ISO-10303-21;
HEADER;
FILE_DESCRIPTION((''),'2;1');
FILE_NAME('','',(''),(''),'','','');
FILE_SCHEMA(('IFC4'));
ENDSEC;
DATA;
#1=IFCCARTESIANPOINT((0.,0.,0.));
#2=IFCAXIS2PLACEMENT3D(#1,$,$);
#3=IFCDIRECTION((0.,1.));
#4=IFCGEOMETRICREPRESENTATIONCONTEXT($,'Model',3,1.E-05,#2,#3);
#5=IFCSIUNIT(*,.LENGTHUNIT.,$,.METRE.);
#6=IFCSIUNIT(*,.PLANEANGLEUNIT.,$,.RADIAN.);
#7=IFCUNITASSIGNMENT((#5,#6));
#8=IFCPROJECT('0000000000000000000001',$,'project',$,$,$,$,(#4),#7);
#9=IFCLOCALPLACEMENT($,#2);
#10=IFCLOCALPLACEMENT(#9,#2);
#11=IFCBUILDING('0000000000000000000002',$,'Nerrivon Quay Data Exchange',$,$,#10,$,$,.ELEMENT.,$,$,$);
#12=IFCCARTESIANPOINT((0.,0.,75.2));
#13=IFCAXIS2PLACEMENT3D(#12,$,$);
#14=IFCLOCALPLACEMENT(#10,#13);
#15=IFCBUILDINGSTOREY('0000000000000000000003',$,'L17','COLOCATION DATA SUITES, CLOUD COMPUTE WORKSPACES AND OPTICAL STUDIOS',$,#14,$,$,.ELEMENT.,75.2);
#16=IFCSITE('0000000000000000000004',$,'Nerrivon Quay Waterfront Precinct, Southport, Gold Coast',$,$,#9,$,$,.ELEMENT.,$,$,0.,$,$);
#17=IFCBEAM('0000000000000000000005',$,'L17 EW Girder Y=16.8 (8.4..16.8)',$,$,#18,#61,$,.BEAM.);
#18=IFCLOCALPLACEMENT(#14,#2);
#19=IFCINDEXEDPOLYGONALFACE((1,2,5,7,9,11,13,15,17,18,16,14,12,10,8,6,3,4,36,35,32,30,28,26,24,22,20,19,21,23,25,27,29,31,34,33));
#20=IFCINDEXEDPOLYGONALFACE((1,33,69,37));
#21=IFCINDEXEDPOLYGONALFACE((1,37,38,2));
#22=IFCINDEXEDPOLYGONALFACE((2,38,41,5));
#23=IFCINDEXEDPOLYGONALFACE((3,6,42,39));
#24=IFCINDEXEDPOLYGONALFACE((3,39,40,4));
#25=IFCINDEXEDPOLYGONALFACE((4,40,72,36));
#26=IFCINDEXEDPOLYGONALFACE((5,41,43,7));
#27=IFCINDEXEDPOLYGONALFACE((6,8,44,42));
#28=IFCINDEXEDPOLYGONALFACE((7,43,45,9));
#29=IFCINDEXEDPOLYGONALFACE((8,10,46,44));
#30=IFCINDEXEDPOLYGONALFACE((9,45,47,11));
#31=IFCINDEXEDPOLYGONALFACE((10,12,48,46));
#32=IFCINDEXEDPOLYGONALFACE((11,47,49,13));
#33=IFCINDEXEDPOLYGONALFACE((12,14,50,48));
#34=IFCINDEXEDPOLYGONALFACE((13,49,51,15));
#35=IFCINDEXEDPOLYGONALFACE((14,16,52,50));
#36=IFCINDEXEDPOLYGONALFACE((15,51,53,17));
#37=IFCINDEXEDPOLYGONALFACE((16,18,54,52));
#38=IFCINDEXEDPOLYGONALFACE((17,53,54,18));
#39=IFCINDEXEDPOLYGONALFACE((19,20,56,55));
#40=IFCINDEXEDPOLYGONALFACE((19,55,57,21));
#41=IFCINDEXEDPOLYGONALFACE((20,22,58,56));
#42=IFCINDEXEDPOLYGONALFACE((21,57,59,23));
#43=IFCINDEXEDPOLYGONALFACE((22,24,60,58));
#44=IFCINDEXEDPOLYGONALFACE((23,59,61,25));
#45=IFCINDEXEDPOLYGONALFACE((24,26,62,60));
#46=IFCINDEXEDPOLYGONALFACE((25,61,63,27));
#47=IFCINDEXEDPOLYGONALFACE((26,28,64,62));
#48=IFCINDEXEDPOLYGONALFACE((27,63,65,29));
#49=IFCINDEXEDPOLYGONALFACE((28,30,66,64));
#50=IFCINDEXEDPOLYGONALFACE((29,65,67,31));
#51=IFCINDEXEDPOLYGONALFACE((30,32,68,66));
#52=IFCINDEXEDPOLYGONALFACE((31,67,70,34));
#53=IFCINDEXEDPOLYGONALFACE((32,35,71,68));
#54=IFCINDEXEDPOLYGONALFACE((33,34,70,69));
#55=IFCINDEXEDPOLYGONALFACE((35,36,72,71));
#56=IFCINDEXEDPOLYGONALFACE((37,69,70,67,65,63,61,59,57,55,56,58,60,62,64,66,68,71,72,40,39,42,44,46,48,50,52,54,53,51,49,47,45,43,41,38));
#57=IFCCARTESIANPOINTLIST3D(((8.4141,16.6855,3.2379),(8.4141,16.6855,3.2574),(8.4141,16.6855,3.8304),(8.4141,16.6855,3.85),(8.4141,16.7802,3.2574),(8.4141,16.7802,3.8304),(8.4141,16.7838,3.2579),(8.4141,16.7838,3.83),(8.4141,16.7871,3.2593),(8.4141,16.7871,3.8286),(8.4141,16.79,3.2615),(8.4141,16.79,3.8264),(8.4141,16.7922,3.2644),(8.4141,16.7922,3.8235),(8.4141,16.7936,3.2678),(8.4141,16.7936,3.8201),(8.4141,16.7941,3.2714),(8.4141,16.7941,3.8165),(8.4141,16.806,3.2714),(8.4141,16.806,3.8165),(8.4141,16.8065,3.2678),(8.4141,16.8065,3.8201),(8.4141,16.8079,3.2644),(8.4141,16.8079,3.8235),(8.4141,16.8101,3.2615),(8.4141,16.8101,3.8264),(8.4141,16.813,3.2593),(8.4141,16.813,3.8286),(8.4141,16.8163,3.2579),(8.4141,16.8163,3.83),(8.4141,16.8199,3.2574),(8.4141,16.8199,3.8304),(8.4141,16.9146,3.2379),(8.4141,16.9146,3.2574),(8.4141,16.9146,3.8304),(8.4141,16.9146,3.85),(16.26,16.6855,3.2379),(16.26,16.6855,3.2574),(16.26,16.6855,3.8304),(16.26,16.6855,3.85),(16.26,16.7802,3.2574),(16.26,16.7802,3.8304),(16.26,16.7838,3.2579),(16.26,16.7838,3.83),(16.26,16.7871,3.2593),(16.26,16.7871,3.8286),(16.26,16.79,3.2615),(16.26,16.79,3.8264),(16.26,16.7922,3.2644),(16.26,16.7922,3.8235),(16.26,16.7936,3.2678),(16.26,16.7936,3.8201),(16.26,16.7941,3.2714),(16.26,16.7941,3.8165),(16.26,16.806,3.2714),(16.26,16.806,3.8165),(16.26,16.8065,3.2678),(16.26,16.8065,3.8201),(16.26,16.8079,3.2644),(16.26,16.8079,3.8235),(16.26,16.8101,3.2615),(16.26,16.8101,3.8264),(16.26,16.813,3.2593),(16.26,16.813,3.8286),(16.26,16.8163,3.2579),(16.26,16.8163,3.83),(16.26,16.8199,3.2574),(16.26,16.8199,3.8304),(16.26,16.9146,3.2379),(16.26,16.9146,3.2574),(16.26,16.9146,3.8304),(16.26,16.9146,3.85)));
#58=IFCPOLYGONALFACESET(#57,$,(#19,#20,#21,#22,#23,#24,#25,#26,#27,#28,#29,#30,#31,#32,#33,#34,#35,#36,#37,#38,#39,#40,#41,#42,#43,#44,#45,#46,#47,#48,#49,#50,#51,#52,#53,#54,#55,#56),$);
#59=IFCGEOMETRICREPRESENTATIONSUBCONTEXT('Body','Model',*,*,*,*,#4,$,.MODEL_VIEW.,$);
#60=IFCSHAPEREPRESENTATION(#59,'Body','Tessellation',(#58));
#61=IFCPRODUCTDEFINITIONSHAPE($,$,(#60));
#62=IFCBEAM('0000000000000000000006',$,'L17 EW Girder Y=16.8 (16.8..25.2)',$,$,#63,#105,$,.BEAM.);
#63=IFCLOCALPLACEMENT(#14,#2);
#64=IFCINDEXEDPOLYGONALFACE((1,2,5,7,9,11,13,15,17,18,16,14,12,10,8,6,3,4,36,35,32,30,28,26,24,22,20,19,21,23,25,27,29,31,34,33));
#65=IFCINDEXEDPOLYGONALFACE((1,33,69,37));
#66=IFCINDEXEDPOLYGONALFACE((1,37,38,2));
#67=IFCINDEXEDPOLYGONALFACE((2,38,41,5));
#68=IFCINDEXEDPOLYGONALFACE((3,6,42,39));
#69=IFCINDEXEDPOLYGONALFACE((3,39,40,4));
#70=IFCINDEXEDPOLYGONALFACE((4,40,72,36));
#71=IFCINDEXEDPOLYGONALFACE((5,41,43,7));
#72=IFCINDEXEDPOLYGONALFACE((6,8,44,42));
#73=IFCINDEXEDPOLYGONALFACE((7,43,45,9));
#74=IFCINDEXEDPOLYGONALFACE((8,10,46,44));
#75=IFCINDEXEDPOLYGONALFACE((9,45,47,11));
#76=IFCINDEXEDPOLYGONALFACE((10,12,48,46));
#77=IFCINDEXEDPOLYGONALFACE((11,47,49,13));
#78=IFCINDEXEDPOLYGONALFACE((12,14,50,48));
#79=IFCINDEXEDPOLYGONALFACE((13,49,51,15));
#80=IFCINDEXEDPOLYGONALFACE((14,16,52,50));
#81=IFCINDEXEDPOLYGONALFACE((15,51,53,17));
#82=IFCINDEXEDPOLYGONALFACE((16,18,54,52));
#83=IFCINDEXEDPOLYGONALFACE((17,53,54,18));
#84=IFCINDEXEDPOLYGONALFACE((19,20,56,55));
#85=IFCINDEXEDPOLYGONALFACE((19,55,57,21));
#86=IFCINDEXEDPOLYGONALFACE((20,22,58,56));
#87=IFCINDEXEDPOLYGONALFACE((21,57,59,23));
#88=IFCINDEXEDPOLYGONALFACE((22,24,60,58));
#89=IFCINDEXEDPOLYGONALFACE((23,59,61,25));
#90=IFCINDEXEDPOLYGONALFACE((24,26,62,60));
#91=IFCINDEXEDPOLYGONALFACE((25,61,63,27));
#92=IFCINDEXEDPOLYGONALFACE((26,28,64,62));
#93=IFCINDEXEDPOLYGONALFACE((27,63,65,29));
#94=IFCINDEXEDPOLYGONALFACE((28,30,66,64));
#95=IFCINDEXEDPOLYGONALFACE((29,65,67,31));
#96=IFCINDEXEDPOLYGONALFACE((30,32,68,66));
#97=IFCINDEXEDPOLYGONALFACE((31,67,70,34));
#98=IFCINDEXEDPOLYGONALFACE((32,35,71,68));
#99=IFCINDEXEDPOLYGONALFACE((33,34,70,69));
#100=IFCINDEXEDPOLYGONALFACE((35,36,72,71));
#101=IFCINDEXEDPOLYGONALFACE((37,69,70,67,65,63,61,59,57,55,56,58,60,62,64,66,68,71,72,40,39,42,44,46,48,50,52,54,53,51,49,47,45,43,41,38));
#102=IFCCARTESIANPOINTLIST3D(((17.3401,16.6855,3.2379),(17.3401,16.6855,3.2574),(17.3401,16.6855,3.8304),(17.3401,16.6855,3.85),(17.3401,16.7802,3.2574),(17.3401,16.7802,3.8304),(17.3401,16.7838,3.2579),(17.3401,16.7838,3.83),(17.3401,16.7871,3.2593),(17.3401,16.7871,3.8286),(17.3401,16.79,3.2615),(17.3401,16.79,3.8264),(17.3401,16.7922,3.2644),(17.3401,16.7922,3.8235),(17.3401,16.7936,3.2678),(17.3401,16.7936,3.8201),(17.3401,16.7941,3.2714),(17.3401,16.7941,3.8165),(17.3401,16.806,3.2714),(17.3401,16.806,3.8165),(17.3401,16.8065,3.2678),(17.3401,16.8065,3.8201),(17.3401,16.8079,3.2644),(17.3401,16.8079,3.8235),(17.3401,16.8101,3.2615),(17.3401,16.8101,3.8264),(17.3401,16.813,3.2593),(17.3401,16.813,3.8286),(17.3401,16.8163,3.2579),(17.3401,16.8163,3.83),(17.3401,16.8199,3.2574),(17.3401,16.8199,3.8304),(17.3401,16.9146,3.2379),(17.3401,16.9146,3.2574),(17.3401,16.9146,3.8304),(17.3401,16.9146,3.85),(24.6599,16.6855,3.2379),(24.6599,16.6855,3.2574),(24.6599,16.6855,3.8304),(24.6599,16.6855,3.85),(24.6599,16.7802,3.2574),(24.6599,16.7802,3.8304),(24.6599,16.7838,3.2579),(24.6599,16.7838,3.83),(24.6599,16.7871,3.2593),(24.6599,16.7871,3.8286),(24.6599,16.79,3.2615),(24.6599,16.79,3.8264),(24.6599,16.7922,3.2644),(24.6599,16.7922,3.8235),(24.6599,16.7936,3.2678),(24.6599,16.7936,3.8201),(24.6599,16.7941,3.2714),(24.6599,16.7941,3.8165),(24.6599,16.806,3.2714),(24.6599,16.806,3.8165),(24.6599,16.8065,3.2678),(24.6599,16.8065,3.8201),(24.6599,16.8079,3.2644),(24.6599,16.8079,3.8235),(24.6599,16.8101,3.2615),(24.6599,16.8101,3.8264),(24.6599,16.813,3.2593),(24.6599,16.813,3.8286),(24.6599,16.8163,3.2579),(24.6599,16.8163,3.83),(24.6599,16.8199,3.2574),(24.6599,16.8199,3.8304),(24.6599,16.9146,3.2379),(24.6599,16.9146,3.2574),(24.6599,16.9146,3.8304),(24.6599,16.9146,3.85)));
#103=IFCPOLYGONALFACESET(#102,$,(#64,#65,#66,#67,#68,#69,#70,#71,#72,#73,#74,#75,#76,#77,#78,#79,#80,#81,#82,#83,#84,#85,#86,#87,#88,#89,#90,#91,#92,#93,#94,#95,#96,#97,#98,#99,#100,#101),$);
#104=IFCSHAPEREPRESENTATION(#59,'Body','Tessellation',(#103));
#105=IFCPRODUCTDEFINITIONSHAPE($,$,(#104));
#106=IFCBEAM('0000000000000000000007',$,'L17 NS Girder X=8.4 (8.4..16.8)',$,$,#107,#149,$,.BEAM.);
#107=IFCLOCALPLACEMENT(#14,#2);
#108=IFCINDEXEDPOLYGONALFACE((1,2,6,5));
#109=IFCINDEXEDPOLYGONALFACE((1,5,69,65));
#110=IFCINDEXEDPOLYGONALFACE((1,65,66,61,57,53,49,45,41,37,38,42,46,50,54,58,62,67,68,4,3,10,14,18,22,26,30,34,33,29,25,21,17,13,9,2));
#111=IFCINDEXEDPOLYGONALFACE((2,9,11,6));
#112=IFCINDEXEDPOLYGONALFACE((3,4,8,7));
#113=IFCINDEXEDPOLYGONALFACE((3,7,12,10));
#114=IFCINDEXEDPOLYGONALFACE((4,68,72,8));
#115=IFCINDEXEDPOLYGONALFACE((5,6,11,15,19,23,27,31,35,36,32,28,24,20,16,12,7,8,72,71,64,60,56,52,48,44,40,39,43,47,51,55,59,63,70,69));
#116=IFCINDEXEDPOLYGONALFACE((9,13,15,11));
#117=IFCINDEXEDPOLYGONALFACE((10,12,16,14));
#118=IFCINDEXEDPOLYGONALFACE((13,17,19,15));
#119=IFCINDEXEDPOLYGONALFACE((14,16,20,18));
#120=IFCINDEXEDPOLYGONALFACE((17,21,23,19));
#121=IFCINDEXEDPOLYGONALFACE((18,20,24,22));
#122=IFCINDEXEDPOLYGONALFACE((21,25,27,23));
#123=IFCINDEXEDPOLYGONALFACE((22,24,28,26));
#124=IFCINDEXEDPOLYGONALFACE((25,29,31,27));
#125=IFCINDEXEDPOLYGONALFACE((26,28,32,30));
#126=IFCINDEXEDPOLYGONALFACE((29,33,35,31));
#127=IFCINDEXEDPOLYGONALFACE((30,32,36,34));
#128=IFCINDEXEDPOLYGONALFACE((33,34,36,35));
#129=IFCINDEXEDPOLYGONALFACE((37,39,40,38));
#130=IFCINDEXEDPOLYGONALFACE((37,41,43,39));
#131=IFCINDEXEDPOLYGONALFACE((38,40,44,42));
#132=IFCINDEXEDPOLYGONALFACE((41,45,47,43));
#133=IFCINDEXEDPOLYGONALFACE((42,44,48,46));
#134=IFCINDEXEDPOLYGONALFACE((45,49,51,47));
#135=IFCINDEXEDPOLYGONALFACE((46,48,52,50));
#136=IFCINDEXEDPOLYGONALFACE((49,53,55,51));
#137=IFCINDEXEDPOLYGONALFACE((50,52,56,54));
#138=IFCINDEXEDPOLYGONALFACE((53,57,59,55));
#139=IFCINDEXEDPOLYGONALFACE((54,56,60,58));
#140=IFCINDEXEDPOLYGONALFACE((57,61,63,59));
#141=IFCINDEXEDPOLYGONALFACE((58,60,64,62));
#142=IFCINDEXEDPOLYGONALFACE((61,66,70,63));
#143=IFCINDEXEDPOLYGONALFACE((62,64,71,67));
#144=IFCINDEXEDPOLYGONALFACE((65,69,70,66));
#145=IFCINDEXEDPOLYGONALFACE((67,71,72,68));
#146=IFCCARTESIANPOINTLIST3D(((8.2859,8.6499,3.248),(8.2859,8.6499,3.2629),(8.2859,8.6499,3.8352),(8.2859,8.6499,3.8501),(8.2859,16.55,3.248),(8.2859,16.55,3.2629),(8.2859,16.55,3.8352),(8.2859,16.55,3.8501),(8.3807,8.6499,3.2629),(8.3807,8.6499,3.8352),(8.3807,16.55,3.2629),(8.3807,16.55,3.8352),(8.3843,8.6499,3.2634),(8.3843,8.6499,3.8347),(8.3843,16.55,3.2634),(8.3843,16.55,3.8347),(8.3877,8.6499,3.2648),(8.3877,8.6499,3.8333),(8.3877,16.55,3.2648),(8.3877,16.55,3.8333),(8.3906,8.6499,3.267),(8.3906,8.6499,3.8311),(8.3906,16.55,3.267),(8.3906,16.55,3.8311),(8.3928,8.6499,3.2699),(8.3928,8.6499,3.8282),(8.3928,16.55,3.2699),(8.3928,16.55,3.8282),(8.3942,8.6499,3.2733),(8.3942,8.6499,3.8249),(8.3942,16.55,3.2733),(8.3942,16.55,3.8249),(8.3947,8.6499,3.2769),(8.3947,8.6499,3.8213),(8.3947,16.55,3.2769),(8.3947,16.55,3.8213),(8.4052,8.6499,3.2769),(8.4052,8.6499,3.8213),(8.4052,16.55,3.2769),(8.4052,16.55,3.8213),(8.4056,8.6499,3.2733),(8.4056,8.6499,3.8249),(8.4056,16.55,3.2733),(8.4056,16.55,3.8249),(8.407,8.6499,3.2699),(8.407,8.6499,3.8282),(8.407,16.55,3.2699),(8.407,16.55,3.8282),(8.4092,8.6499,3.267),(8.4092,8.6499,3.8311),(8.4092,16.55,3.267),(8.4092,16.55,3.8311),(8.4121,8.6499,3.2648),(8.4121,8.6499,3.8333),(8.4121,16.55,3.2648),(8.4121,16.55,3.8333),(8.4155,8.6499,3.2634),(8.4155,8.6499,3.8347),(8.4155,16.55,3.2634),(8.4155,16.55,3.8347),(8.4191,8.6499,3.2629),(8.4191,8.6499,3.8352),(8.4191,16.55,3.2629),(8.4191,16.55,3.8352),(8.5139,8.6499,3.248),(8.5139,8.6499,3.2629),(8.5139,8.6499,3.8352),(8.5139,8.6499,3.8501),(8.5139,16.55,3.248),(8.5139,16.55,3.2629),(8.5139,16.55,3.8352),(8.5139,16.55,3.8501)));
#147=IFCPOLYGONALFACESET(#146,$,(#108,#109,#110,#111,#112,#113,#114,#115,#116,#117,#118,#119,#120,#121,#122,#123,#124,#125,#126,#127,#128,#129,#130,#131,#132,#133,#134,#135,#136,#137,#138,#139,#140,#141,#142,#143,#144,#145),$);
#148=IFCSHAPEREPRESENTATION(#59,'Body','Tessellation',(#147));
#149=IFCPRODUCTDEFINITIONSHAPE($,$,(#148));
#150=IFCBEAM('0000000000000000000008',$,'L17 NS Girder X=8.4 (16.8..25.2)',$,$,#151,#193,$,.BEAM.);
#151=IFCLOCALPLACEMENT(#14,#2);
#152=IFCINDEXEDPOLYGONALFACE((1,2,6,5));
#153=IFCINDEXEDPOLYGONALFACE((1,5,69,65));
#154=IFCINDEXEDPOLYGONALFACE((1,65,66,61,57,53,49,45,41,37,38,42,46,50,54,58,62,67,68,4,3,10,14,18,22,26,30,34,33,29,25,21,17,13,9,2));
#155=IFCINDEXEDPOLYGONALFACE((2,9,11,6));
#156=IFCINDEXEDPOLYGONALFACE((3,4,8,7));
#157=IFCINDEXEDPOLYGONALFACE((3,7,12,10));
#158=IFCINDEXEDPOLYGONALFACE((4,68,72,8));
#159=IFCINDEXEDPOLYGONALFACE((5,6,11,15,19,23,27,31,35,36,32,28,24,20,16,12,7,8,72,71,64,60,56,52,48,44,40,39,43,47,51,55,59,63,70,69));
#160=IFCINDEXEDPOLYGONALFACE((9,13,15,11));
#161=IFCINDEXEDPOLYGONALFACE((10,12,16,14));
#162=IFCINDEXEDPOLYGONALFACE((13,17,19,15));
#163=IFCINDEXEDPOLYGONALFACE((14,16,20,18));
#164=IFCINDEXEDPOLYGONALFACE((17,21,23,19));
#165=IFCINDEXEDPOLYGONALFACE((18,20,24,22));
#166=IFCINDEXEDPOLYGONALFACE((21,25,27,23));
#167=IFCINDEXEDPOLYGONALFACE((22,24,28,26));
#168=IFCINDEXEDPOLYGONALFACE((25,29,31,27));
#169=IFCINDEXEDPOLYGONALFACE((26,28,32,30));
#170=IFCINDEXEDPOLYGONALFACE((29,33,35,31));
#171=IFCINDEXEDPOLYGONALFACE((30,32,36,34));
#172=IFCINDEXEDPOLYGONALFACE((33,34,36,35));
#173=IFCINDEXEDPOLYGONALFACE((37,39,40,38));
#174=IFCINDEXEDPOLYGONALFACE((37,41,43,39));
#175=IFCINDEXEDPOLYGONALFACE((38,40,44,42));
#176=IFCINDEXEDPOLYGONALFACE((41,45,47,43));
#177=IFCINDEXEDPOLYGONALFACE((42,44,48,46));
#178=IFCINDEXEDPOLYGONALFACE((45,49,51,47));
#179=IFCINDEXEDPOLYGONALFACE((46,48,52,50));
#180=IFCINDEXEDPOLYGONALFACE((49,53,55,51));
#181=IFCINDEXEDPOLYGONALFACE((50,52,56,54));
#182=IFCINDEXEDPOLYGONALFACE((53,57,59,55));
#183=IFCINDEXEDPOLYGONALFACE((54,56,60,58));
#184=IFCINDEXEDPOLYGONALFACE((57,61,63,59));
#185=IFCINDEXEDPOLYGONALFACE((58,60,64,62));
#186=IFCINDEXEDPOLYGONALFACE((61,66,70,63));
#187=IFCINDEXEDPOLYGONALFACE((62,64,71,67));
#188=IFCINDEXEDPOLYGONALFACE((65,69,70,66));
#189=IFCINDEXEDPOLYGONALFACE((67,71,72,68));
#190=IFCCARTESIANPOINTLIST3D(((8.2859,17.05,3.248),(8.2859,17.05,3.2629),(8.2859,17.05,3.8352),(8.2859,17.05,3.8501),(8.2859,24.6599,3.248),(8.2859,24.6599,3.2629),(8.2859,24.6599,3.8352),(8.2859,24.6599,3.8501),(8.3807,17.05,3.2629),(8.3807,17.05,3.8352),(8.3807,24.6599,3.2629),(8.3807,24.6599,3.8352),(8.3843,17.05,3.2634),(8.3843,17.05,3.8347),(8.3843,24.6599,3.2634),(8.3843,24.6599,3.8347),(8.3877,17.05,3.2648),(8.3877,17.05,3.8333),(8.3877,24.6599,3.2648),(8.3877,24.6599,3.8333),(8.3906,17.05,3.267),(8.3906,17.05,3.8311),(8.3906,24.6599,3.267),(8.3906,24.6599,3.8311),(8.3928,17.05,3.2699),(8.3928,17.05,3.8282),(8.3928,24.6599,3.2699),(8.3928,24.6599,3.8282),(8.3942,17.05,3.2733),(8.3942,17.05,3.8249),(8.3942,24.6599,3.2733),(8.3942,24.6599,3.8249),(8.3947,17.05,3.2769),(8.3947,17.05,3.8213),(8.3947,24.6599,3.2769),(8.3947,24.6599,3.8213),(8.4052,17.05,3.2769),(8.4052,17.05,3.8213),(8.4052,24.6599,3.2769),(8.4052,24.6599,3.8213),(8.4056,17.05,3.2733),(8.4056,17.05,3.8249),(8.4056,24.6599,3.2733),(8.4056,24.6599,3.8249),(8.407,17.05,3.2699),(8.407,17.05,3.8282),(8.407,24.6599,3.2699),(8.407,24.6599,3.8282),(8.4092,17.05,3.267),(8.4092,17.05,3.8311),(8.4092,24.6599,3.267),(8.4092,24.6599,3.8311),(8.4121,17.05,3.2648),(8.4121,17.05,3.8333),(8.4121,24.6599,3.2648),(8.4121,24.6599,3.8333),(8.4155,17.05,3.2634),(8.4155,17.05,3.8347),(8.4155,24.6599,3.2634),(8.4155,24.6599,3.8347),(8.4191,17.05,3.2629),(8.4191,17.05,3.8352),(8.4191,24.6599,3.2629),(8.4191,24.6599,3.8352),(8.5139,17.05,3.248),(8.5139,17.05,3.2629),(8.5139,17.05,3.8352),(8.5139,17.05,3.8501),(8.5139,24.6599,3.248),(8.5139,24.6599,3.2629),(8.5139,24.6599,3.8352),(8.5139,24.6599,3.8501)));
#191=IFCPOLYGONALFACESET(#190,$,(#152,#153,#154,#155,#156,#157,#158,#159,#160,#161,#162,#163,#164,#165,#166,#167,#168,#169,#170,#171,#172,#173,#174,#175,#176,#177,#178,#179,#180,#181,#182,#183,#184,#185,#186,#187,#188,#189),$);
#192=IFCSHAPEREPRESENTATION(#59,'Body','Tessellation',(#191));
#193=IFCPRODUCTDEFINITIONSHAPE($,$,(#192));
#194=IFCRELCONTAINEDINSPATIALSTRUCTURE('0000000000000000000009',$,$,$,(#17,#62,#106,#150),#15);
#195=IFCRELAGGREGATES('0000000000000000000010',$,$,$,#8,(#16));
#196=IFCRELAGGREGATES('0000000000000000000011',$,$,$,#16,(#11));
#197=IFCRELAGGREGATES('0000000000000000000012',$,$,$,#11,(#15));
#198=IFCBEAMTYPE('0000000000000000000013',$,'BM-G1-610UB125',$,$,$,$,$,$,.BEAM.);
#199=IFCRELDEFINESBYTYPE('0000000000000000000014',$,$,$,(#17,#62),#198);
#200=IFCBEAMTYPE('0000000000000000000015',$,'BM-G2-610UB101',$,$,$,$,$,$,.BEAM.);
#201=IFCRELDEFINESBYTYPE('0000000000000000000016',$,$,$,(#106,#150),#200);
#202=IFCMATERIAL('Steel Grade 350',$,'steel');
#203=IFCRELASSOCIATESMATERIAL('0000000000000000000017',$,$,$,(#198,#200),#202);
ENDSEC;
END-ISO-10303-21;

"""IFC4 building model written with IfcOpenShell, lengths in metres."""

from ifc_helpers import new_model, si_unit, direction, frame, origin, origin_2d, place, context, subcontext, project, spatial, i_section, extrude, material, material_profile, profile_set, type_object, element, save


model = new_model("IFC4")

# Units and contexts
model_context = context("Model", 3, precision=1e-05, world=origin(), true_north=direction((0.0, 1.0)))
body_context = subcontext(model_context, "Body", "Model", "MODEL_VIEW")
ifc_project = project(units=[si_unit("LENGTHUNIT", "METRE"), si_unit("PLANEANGLEUNIT", "RADIAN")], contexts=[model_context])

# Site, building, storey
site_placement = place(None, origin())
site = spatial("IfcSite", under=ifc_project, at=site_placement, Name="Nerrivon Quay Waterfront Precinct, Southport, Gold Coast", CompositionType="ELEMENT", RefElevation=0.0)
building_placement = place(site_placement, origin())
building = spatial("IfcBuilding", under=site, at=building_placement, Name="Nerrivon Quay Data Exchange", CompositionType="ELEMENT")
storey_placement = place(building_placement, frame((0.0, 0.0, 75.2)))
storey = spatial("IfcBuildingStorey", under=building, at=storey_placement, Name="L17", Description="COLOCATION DATA SUITES, CLOUD COMPUTE WORKSPACES AND OPTICAL STUDIOS", CompositionType="ELEMENT", Elevation=75.2)

# Shared definitions
ifc_material_1 = material(Name="Steel Grade 350", Category="steel")

# Beams
ifc_material_profile_1 = material_profile(ifc_material_1, i_section(OverallWidth=0.229, OverallDepth=0.6121, WebThickness=0.012, FlangeThickness=0.0195, FilletRadius=0.0139, at=origin_2d()), Name="610UB125")
ifc_profile_set_1 = profile_set([ifc_material_profile_1], Name="Steel Grade 350")
beam_type_1 = type_object("IfcBeamType", Name="BM-G1-610UB125", PredefinedType="BEAM", material=ifc_profile_set_1)
beam_1_placement = place(storey_placement, frame((8.4141, 16.8, 3.5439), z_axis=(1.0, 0.0, 0.0), x_axis=(0.0, 1.0, 0.0)))
element("IfcBeam", 1, at=beam_1_placement, inside=storey, type_object=beam_type_1, Name="L17 EW Girder Y=16.8 (8.4..16.8)", PredefinedType="BEAM", context=body_context, shape_type="SweptSolid", body=[
    extrude(i_section(OverallWidth=0.229, OverallDepth=0.6121, WebThickness=0.012, FlangeThickness=0.0195, FilletRadius=0.0139, at=origin_2d()), origin(), (0.0, 0.0, 1.0), 7.8459),
])
beam_2_placement = place(storey_placement, frame((17.3401, 16.8, 3.5439), z_axis=(1.0, 0.0, 0.0), x_axis=(0.0, 1.0, 0.0)))
element("IfcBeam", 2, at=beam_2_placement, inside=storey, type_object=beam_type_1, Name="L17 EW Girder Y=16.8 (16.8..25.2)", PredefinedType="BEAM", context=body_context, shape_type="SweptSolid", body=[
    extrude(i_section(OverallWidth=0.229, OverallDepth=0.6121, WebThickness=0.012, FlangeThickness=0.0195, FilletRadius=0.0139, at=origin_2d()), origin(), (0.0, 0.0, 1.0), 7.3198),
])
ifc_material_profile_2 = material_profile(ifc_material_1, i_section(OverallWidth=0.228, OverallDepth=0.6021, WebThickness=0.0105, FlangeThickness=0.0149, FilletRadius=0.0139, at=origin_2d()), Name="610UB101")
ifc_profile_set_2 = profile_set([ifc_material_profile_2], Name="Steel Grade 350")
beam_type_2 = type_object("IfcBeamType", Name="BM-G2-610UB101", PredefinedType="BEAM", material=ifc_profile_set_2)
beam_3_placement = place(storey_placement, frame((8.3999, 8.6499, 3.5491), z_axis=(0.0, 1.0, 0.0), x_axis=(-1.0, 0.0, 0.0)))
element("IfcBeam", 3, at=beam_3_placement, inside=storey, type_object=beam_type_2, Name="L17 NS Girder X=8.4 (8.4..16.8)", PredefinedType="BEAM", context=body_context, shape_type="SweptSolid", body=[
    extrude(i_section(OverallWidth=0.228, OverallDepth=0.6021, WebThickness=0.0105, FlangeThickness=0.0149, FilletRadius=0.0139, at=origin_2d()), origin(), (0.0, 0.0, 1.0), 7.9001),
])
beam_4_placement = place(storey_placement, frame((8.3999, 17.05, 3.5491), z_axis=(0.0, 1.0, 0.0), x_axis=(-1.0, 0.0, 0.0)))
element("IfcBeam", 4, at=beam_4_placement, inside=storey, type_object=beam_type_2, Name="L17 NS Girder X=8.4 (16.8..25.2)", PredefinedType="BEAM", context=body_context, shape_type="SweptSolid", body=[
    extrude(i_section(OverallWidth=0.228, OverallDepth=0.6021, WebThickness=0.0105, FlangeThickness=0.0149, FilletRadius=0.0139, at=origin_2d()), origin(), (0.0, 0.0, 1.0), 7.6099),
])

save(model, "model.ifc")
